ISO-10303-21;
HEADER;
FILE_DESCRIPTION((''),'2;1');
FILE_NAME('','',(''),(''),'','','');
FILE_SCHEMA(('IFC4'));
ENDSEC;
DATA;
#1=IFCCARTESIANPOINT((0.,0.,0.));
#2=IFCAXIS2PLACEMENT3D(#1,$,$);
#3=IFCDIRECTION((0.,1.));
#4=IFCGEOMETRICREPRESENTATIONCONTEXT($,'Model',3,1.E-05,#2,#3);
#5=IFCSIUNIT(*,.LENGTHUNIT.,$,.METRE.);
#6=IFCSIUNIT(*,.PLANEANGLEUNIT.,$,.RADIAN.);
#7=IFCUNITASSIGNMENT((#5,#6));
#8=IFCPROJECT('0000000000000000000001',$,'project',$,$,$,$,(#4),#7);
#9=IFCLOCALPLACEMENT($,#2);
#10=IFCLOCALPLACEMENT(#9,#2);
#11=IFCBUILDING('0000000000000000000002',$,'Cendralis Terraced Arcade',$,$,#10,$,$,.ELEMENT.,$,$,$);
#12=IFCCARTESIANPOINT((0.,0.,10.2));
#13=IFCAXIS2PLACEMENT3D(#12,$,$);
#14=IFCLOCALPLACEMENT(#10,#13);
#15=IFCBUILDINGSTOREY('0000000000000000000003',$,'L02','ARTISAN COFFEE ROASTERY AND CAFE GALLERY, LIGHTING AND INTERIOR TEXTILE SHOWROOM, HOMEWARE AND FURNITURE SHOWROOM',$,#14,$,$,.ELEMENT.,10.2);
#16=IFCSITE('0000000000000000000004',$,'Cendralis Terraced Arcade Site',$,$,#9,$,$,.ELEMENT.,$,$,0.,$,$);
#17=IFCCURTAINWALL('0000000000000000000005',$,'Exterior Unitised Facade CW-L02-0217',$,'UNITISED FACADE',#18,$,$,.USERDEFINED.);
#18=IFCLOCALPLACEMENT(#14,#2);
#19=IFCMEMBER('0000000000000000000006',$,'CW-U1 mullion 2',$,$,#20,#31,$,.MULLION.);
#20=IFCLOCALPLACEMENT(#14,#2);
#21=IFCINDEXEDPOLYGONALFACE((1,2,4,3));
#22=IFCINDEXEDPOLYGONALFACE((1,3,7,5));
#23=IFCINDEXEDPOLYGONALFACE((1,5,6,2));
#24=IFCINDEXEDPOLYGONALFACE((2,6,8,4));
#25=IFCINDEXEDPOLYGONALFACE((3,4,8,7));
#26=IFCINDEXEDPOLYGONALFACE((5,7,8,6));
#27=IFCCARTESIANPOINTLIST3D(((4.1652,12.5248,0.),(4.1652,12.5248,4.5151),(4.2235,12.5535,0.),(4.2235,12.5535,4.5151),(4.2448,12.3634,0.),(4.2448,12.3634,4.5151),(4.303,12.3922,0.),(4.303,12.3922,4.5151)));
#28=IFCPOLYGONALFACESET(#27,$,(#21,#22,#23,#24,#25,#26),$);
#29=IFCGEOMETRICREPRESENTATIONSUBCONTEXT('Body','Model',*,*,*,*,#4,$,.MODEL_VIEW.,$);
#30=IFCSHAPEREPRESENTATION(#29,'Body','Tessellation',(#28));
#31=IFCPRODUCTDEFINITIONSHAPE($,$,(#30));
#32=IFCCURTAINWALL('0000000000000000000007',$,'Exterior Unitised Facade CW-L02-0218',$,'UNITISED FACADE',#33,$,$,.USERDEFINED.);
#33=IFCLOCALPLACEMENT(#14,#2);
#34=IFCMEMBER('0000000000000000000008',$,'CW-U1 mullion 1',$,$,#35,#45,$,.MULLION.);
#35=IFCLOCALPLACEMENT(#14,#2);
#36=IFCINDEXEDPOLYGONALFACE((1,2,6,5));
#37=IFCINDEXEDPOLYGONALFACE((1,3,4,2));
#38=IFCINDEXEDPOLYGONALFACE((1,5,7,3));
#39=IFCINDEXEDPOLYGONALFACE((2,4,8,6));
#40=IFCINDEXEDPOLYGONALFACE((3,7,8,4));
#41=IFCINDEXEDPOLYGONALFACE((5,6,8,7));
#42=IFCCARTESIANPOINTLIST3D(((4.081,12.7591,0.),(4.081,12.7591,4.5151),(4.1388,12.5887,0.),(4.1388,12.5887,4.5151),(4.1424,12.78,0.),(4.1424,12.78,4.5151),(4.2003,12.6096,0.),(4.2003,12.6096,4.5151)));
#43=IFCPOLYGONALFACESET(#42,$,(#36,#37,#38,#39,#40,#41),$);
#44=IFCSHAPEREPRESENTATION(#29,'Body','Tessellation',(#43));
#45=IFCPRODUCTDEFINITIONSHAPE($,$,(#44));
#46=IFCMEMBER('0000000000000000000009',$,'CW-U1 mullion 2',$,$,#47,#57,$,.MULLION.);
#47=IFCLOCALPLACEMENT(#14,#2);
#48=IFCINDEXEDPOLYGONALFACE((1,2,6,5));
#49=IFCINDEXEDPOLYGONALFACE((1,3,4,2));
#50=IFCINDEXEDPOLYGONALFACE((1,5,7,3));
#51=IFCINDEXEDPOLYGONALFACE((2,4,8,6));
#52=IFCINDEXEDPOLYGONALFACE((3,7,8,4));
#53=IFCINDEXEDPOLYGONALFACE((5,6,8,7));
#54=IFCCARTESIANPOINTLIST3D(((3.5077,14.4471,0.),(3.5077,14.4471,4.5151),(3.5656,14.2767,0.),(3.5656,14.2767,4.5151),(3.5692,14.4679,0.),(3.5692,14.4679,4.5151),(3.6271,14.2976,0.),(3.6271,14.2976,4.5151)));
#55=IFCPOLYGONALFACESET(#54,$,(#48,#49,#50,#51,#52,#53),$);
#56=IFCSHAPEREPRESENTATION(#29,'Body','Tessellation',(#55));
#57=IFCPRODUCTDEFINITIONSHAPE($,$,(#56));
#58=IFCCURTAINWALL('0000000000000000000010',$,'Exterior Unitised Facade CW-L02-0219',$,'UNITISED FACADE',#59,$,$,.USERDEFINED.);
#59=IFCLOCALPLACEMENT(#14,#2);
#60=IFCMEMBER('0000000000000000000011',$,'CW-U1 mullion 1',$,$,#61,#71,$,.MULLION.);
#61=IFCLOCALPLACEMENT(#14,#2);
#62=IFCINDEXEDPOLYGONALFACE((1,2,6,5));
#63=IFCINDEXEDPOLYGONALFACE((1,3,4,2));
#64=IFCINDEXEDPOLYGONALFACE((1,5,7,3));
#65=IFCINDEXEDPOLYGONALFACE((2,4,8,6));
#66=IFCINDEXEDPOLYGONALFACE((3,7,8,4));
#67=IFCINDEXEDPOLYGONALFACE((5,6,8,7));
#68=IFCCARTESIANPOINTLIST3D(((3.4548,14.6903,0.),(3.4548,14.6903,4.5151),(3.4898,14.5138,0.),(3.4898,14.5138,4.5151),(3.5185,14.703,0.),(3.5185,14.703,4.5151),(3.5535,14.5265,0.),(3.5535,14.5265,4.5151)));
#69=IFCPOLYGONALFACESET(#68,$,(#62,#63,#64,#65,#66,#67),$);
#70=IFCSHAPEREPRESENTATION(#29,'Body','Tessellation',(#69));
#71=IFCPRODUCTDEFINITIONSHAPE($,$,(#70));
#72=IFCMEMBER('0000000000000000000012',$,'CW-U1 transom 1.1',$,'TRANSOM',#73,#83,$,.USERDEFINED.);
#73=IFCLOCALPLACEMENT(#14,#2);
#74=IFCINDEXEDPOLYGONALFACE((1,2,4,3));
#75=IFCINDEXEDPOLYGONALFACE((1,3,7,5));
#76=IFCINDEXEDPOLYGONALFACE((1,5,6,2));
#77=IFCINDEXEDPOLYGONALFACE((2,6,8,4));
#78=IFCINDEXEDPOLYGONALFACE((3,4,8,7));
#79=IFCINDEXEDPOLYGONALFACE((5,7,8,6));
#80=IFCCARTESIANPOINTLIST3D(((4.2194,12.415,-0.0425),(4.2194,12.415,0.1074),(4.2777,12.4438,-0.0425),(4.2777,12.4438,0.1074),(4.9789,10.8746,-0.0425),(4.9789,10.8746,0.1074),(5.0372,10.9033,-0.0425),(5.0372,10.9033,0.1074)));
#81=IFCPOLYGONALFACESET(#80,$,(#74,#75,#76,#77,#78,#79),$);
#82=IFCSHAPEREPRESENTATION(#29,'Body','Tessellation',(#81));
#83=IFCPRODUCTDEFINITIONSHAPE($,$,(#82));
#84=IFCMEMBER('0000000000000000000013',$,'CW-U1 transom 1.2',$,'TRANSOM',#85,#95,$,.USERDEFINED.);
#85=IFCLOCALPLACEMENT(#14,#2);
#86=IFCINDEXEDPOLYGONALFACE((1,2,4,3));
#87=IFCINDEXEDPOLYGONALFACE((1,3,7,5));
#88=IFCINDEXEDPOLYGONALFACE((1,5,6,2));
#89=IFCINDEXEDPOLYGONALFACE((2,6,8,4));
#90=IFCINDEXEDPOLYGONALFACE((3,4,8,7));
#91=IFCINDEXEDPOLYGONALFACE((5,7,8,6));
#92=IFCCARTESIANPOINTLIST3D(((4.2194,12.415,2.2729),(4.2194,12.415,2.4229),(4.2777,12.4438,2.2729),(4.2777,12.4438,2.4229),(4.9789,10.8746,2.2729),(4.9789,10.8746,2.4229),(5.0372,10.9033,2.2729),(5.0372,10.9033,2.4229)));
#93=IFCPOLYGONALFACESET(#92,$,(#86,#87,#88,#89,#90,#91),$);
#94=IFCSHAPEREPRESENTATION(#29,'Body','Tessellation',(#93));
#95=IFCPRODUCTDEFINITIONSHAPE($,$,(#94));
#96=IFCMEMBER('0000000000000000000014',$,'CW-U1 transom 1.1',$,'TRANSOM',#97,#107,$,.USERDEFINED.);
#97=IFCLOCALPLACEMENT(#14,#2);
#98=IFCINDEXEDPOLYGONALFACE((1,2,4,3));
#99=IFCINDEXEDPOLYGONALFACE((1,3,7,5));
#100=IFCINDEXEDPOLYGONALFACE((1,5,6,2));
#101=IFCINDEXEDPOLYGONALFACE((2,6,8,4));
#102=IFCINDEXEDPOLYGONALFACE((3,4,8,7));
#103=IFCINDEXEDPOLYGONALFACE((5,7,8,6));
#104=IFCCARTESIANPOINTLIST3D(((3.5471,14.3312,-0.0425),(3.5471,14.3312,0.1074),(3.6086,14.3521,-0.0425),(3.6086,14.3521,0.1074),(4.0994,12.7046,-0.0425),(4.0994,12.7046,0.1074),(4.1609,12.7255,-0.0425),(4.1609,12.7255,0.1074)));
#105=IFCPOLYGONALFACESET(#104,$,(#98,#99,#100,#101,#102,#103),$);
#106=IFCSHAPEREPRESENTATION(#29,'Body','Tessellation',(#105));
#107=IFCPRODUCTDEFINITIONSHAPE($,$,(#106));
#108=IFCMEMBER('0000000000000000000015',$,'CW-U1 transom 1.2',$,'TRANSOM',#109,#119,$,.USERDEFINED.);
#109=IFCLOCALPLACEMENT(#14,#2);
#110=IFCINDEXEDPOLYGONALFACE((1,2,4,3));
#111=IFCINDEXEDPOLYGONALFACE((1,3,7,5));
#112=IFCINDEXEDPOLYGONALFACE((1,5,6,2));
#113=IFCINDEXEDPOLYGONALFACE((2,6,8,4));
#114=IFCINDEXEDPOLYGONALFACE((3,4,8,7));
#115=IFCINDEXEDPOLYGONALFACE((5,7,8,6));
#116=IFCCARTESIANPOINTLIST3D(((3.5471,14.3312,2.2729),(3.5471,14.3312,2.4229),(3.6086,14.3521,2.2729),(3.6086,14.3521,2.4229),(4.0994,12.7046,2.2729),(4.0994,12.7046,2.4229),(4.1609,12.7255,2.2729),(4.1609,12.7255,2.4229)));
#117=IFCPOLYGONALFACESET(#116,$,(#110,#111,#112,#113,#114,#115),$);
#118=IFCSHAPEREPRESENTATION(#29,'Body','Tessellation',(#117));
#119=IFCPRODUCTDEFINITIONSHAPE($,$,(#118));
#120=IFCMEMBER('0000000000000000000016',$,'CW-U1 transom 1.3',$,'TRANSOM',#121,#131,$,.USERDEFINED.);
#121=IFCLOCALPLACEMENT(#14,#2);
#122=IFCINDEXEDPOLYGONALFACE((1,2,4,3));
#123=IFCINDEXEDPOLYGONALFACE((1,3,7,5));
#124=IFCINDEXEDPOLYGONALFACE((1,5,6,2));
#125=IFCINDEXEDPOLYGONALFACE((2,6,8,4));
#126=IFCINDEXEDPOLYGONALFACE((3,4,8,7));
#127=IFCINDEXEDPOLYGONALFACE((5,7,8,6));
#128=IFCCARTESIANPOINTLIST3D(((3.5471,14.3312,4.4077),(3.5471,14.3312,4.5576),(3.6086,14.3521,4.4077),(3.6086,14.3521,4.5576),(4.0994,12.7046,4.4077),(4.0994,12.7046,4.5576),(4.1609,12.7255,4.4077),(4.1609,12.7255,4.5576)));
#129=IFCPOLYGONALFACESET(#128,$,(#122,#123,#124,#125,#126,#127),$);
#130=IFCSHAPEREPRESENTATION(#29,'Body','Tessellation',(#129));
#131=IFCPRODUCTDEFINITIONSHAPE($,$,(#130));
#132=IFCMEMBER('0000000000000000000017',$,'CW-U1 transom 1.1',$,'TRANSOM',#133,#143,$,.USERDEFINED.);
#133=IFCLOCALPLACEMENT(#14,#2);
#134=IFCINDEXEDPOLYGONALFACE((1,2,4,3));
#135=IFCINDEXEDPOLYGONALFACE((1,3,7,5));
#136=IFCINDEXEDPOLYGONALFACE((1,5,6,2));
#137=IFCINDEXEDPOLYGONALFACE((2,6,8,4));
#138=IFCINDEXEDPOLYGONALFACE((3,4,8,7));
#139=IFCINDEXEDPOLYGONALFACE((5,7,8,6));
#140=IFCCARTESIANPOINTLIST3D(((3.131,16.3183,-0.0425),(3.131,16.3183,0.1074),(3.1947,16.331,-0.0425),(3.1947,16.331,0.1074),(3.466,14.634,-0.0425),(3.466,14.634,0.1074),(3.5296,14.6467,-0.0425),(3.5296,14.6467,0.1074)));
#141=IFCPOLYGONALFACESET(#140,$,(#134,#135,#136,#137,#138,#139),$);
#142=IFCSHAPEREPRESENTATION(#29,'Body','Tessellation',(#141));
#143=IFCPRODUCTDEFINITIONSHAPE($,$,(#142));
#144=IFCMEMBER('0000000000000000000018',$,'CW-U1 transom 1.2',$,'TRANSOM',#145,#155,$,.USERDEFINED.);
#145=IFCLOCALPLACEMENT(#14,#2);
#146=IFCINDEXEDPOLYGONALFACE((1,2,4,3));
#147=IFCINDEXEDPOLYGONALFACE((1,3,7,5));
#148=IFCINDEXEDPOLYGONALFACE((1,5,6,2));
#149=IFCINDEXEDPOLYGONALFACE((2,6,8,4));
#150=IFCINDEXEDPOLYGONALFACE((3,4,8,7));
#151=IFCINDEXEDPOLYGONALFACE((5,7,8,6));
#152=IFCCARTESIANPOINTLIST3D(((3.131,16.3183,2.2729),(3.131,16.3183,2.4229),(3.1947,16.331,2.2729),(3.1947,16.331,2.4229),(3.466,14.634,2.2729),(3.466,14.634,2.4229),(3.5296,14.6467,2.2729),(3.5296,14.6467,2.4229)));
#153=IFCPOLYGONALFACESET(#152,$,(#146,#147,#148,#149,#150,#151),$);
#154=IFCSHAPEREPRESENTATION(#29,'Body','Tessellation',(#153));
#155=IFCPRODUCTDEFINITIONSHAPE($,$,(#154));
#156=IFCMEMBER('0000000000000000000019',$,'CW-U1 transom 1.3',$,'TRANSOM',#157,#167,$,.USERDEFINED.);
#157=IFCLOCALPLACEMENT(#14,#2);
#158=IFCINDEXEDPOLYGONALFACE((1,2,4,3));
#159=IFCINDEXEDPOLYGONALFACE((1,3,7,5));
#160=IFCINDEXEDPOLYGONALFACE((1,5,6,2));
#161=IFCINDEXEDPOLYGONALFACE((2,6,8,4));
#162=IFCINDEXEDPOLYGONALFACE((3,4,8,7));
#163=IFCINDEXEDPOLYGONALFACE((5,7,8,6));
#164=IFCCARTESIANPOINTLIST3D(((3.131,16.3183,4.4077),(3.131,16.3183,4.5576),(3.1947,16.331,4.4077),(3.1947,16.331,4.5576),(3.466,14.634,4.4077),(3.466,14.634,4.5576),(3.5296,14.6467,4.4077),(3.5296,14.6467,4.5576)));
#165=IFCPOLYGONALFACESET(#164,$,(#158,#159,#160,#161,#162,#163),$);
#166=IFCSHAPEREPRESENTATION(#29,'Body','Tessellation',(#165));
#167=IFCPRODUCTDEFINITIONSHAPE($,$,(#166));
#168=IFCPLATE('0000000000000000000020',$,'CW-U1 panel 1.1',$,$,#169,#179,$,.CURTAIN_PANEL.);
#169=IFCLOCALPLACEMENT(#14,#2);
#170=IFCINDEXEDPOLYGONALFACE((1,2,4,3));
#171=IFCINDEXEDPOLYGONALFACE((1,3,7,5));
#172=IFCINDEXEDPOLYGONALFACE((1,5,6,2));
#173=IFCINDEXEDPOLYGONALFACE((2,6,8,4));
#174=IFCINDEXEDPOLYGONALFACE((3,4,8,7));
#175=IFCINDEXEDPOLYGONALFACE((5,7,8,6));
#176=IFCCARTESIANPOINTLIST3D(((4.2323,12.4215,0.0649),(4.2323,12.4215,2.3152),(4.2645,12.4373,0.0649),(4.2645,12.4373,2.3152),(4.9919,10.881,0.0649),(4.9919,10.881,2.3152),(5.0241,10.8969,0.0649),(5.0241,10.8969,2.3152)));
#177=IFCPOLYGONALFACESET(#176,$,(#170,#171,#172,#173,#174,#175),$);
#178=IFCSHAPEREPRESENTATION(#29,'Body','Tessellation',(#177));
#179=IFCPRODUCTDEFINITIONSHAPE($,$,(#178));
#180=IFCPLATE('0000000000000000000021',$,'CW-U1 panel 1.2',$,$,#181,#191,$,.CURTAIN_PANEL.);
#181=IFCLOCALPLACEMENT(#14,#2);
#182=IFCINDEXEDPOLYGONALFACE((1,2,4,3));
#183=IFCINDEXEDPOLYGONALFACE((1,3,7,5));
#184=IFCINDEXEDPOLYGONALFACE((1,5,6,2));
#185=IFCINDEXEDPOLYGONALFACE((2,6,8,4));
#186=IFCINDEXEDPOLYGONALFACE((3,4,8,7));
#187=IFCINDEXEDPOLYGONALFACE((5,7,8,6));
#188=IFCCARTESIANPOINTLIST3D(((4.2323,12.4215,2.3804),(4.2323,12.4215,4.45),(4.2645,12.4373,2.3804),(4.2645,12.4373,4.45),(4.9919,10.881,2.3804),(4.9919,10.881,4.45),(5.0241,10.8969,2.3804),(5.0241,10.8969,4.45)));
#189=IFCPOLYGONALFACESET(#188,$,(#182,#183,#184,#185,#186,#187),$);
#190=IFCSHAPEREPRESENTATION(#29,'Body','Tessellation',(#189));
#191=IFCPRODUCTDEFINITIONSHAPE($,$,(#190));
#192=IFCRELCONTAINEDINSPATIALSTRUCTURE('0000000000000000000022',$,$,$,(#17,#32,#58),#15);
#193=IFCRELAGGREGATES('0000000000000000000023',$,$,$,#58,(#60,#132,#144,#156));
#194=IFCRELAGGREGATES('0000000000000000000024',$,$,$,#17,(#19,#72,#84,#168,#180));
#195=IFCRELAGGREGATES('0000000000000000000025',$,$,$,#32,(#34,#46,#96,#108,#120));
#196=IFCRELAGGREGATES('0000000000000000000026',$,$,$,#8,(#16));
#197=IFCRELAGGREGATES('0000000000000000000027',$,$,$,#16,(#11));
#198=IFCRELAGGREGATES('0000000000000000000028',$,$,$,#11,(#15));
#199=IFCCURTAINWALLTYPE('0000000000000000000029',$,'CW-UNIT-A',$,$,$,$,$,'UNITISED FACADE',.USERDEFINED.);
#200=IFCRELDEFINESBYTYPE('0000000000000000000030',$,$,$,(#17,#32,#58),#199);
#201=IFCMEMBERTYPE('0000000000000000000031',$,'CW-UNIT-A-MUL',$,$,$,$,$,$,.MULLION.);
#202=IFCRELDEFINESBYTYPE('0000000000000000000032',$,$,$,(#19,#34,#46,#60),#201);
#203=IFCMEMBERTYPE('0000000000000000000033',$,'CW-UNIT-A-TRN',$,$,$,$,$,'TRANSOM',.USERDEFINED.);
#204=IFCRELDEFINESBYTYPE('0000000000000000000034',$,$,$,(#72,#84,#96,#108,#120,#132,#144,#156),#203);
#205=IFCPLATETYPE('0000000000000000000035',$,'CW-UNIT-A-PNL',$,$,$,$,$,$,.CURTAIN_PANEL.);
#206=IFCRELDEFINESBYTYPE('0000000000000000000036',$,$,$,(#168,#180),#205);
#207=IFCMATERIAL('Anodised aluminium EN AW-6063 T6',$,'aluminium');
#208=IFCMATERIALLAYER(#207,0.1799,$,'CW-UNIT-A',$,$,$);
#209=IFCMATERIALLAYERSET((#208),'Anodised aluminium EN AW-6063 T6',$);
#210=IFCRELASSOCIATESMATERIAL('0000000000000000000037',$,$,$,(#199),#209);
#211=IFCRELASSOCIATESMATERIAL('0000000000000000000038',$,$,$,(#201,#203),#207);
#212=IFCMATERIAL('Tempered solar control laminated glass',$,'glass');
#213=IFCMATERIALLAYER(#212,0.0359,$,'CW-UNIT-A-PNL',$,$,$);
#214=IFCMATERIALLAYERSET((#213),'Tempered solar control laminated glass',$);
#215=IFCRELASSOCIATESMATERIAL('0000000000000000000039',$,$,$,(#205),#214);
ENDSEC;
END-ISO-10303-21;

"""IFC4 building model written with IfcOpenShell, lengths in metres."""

from ifc_helpers import new_model, si_unit, direction, frame, origin, origin_2d, place, context, subcontext, project, spatial, rectangle, extrude, material, layer, layer_set, material_profile, profile_set, type_object, element, aggregate, save


model = new_model("IFC4")

# Units and contexts
model_context = context("Model", 3, precision=1e-05, world=origin(), true_north=direction((0.0, 1.0)))
body_context = subcontext(model_context, "Body", "Model", "MODEL_VIEW")
ifc_project = project(units=[si_unit("LENGTHUNIT", "METRE"), si_unit("PLANEANGLEUNIT", "RADIAN")], contexts=[model_context])

# Site, building, storey
site_placement = place(None, origin())
site = spatial("IfcSite", under=ifc_project, at=site_placement, Name="Cendralis Terraced Arcade Site", CompositionType="ELEMENT", RefElevation=0.0)
building_placement = place(site_placement, origin())
building = spatial("IfcBuilding", under=site, at=building_placement, Name="Cendralis Terraced Arcade", CompositionType="ELEMENT")
storey_placement = place(building_placement, frame((0.0, 0.0, 10.2)))
storey = spatial("IfcBuildingStorey", under=building, at=storey_placement, Name="L02", Description="ARTISAN COFFEE ROASTERY AND CAFE GALLERY, LIGHTING AND INTERIOR TEXTILE SHOWROOM, HOMEWARE AND FURNITURE SHOWROOM", CompositionType="ELEMENT", Elevation=10.2)

# Curtain wall, member
ifc_material_1 = material(Name="Anodised aluminium EN AW-6063 T6", Category="aluminium")
ifc_layer_1 = layer(ifc_material_1, 0.1799, Name="CW-UNIT-A")
ifc_layer_set_1 = layer_set([ifc_layer_1], Name="Anodised aluminium EN AW-6063 T6")
curtain_wall_type = type_object("IfcCurtainWallType", Name="CW-UNIT-A", ElementType="UNITISED FACADE", PredefinedType="USERDEFINED", material=ifc_layer_set_1)
curtain_wall_1_placement = place(storey_placement, origin())
curtain_wall_1 = element("IfcCurtainWall", 1, at=curtain_wall_1_placement, inside=storey, type_object=curtain_wall_type, Name="Exterior Unitised Facade CW-L02-0217", ObjectType="UNITISED FACADE", PredefinedType="USERDEFINED")
ifc_material_profile_1 = material_profile(ifc_material_1, rectangle(XDim=0.0649, YDim=0.1799, at=origin_2d()), Name="ALU-MUL-65x180")
ifc_profile_set_1 = profile_set([ifc_material_profile_1], Name="Anodised aluminium EN AW-6063 T6")
member_type_1 = type_object("IfcMemberType", Name="CW-UNIT-A-MUL", PredefinedType="MULLION", material=ifc_profile_set_1)
member_1_placement = place(storey_placement, frame((4.2341, 12.4585, 0.0), z_axis=(0.0, 0.0, 1.0), x_axis=(-0.896882, -0.44227, 0.0)))
member_1 = element("IfcMember", 2, at=member_1_placement, type_object=member_type_1, Name="CW-U1 mullion 2", PredefinedType="MULLION", context=body_context, shape_type="SweptSolid", body=[
    extrude(rectangle(XDim=0.0649, YDim=0.1799, at=origin_2d()), origin(), (0.0, 0.0, 1.0), 4.5151),
])

# Curtain wall, members
curtain_wall_2_placement = place(storey_placement, origin())
curtain_wall_2 = element("IfcCurtainWall", 3, at=curtain_wall_2_placement, inside=storey, type_object=curtain_wall_type, Name="Exterior Unitised Facade CW-L02-0218", ObjectType="UNITISED FACADE", PredefinedType="USERDEFINED")
member_2_placement = place(storey_placement, frame((4.1406, 12.6843, 0.0), z_axis=(0.0, 0.0, 1.0), x_axis=(-0.94691, -0.3215, 0.0)))
member_2 = element("IfcMember", 4, at=member_2_placement, type_object=member_type_1, Name="CW-U1 mullion 1", PredefinedType="MULLION", context=body_context, shape_type="SweptSolid", body=[
    extrude(rectangle(XDim=0.0649, YDim=0.1799, at=origin_2d()), origin(), (0.0, 0.0, 1.0), 4.5151),
])
member_3_placement = place(storey_placement, frame((3.5674, 14.3723, 0.0), z_axis=(0.0, 0.0, 1.0), x_axis=(-0.94691, -0.3215, 0.0)))
member_3 = element("IfcMember", 5, at=member_3_placement, type_object=member_type_1, Name="CW-U1 mullion 2", PredefinedType="MULLION", context=body_context, shape_type="SweptSolid", body=[
    extrude(rectangle(XDim=0.0649, YDim=0.1799, at=origin_2d()), origin(), (0.0, 0.0, 1.0), 4.5151),
])

# Curtain wall, member
curtain_wall_3_placement = place(storey_placement, origin())
curtain_wall_3 = element("IfcCurtainWall", 6, at=curtain_wall_3_placement, inside=storey, type_object=curtain_wall_type, Name="Exterior Unitised Facade CW-L02-0219", ObjectType="UNITISED FACADE", PredefinedType="USERDEFINED")
member_4_placement = place(storey_placement, frame((3.5042, 14.6084, 0.0), z_axis=(0.0, 0.0, 1.0), x_axis=(-0.980797, -0.195033, 0.0)))
member_4 = element("IfcMember", 7, at=member_4_placement, type_object=member_type_1, Name="CW-U1 mullion 1", PredefinedType="MULLION", context=body_context, shape_type="SweptSolid", body=[
    extrude(rectangle(XDim=0.0649, YDim=0.1799, at=origin_2d()), origin(), (0.0, 0.0, 1.0), 4.5151),
])

# Members
ifc_material_profile_2 = material_profile(ifc_material_1, rectangle(XDim=0.0649, YDim=0.1499, at=origin_2d()), Name="ALU-TRN-65x150")
ifc_profile_set_2 = profile_set([ifc_material_profile_2], Name="Anodised aluminium EN AW-6063 T6")
member_type_2 = type_object("IfcMemberType", Name="CW-UNIT-A-TRN", ElementType="TRANSOM", PredefinedType="USERDEFINED", material=ifc_profile_set_2)
member_5_placement = place(storey_placement, frame((5.0081, 10.8889, 0.0325), z_axis=(-0.442203, 0.896915, 0.0), x_axis=(-0.896915, -0.442203, 0.0)))
member_5 = element("IfcMember", 8, at=member_5_placement, type_object=member_type_2, Name="CW-U1 transom 1.1", ObjectType="TRANSOM", PredefinedType="USERDEFINED", context=body_context, shape_type="SweptSolid", body=[
    extrude(rectangle(XDim=0.0649, YDim=0.1499, at=origin_2d()), origin(), (0.0, 0.0, 1.0), 1.7175),
])
member_6_placement = place(storey_placement, frame((5.0081, 10.8889, 2.3479), z_axis=(-0.442203, 0.896915, 0.0), x_axis=(-0.896915, -0.442203, 0.0)))
member_6 = element("IfcMember", 9, at=member_6_placement, type_object=member_type_2, Name="CW-U1 transom 1.2", ObjectType="TRANSOM", PredefinedType="USERDEFINED", context=body_context, shape_type="SweptSolid", body=[
    extrude(rectangle(XDim=0.0649, YDim=0.1499, at=origin_2d()), origin(), (0.0, 0.0, 1.0), 1.7175),
])
member_7_placement = place(storey_placement, frame((4.1301, 12.7151, 0.0325), z_axis=(-0.32151, 0.946906, 0.0), x_axis=(-0.946906, -0.32151, 0.0)))
member_7 = element("IfcMember", 10, at=member_7_placement, type_object=member_type_2, Name="CW-U1 transom 1.1", ObjectType="TRANSOM", PredefinedType="USERDEFINED", context=body_context, shape_type="SweptSolid", body=[
    extrude(rectangle(XDim=0.0649, YDim=0.1499, at=origin_2d()), origin(), (0.0, 0.0, 1.0), 1.7178),
])
member_8_placement = place(storey_placement, frame((4.1301, 12.7151, 2.3479), z_axis=(-0.32151, 0.946906, 0.0), x_axis=(-0.946906, -0.32151, 0.0)))
member_8 = element("IfcMember", 11, at=member_8_placement, type_object=member_type_2, Name="CW-U1 transom 1.2", ObjectType="TRANSOM", PredefinedType="USERDEFINED", context=body_context, shape_type="SweptSolid", body=[
    extrude(rectangle(XDim=0.0649, YDim=0.1499, at=origin_2d()), origin(), (0.0, 0.0, 1.0), 1.7178),
])
member_9_placement = place(storey_placement, frame((4.1301, 12.7151, 4.4827), z_axis=(-0.32151, 0.946906, 0.0), x_axis=(-0.946906, -0.32151, 0.0)))
member_9 = element("IfcMember", 12, at=member_9_placement, type_object=member_type_2, Name="CW-U1 transom 1.3", ObjectType="TRANSOM", PredefinedType="USERDEFINED", context=body_context, shape_type="SweptSolid", body=[
    extrude(rectangle(XDim=0.0649, YDim=0.1499, at=origin_2d()), origin(), (0.0, 0.0, 1.0), 1.7178),
])
member_10_placement = place(storey_placement, frame((3.4978, 14.6404, 0.0325), z_axis=(-0.19505, 0.980793, 0.0), x_axis=(-0.980793, -0.19505, 0.0)))
member_10 = element("IfcMember", 13, at=member_10_placement, type_object=member_type_2, Name="CW-U1 transom 1.1", ObjectType="TRANSOM", PredefinedType="USERDEFINED", context=body_context, shape_type="SweptSolid", body=[
    extrude(rectangle(XDim=0.0649, YDim=0.1499, at=origin_2d()), origin(), (0.0, 0.0, 1.0), 1.7173),
])
member_11_placement = place(storey_placement, frame((3.4978, 14.6404, 2.3479), z_axis=(-0.19505, 0.980793, 0.0), x_axis=(-0.980793, -0.19505, 0.0)))
member_11 = element("IfcMember", 14, at=member_11_placement, type_object=member_type_2, Name="CW-U1 transom 1.2", ObjectType="TRANSOM", PredefinedType="USERDEFINED", context=body_context, shape_type="SweptSolid", body=[
    extrude(rectangle(XDim=0.0649, YDim=0.1499, at=origin_2d()), origin(), (0.0, 0.0, 1.0), 1.7173),
])
member_12_placement = place(storey_placement, frame((3.4978, 14.6404, 4.4827), z_axis=(-0.19505, 0.980793, 0.0), x_axis=(-0.980793, -0.19505, 0.0)))
member_12 = element("IfcMember", 15, at=member_12_placement, type_object=member_type_2, Name="CW-U1 transom 1.3", ObjectType="TRANSOM", PredefinedType="USERDEFINED", context=body_context, shape_type="SweptSolid", body=[
    extrude(rectangle(XDim=0.0649, YDim=0.1499, at=origin_2d()), origin(), (0.0, 0.0, 1.0), 1.7173),
])
aggregate(curtain_wall_3, [member_4, member_10, member_11, member_12])

# Plates
ifc_material_2 = material(Name="Tempered solar control laminated glass", Category="glass")
ifc_layer_2 = layer(ifc_material_2, 0.0359, Name="CW-UNIT-A-PNL")
ifc_layer_set_2 = layer_set([ifc_layer_2], Name="Tempered solar control laminated glass")
plate_type = type_object("IfcPlateType", Name="CW-UNIT-A-PNL", PredefinedType="CURTAIN_PANEL", material=ifc_layer_set_2)
plate_1_placement = place(storey_placement, frame((4.6282, 11.6592, 0.0649), z_axis=(0.0, 0.0, 1.0), x_axis=(-0.44227, 0.896882, 0.0)))
plate_1 = element("IfcPlate", 16, at=plate_1_placement, type_object=plate_type, Name="CW-U1 panel 1.1", PredefinedType="CURTAIN_PANEL", context=body_context, shape_type="SweptSolid", body=[
    extrude(rectangle(XDim=1.7175, YDim=0.0359, at=origin_2d()), origin(), (0.0, 0.0, 1.0), 2.2502),
])
plate_2_placement = place(storey_placement, frame((4.6282, 11.6592, 2.3804), z_axis=(0.0, 0.0, 1.0), x_axis=(-0.44227, 0.896882, 0.0)))
plate_2 = element("IfcPlate", 17, at=plate_2_placement, type_object=plate_type, Name="CW-U1 panel 1.2", PredefinedType="CURTAIN_PANEL", context=body_context, shape_type="SweptSolid", body=[
    extrude(rectangle(XDim=1.7175, YDim=0.0359, at=origin_2d()), origin(), (0.0, 0.0, 1.0), 2.0696),
])
aggregate(curtain_wall_1, [member_1, member_5, member_6, plate_1, plate_2])
aggregate(curtain_wall_2, [member_2, member_3, member_7, member_8, member_9])

save(model, "model.ifc")
